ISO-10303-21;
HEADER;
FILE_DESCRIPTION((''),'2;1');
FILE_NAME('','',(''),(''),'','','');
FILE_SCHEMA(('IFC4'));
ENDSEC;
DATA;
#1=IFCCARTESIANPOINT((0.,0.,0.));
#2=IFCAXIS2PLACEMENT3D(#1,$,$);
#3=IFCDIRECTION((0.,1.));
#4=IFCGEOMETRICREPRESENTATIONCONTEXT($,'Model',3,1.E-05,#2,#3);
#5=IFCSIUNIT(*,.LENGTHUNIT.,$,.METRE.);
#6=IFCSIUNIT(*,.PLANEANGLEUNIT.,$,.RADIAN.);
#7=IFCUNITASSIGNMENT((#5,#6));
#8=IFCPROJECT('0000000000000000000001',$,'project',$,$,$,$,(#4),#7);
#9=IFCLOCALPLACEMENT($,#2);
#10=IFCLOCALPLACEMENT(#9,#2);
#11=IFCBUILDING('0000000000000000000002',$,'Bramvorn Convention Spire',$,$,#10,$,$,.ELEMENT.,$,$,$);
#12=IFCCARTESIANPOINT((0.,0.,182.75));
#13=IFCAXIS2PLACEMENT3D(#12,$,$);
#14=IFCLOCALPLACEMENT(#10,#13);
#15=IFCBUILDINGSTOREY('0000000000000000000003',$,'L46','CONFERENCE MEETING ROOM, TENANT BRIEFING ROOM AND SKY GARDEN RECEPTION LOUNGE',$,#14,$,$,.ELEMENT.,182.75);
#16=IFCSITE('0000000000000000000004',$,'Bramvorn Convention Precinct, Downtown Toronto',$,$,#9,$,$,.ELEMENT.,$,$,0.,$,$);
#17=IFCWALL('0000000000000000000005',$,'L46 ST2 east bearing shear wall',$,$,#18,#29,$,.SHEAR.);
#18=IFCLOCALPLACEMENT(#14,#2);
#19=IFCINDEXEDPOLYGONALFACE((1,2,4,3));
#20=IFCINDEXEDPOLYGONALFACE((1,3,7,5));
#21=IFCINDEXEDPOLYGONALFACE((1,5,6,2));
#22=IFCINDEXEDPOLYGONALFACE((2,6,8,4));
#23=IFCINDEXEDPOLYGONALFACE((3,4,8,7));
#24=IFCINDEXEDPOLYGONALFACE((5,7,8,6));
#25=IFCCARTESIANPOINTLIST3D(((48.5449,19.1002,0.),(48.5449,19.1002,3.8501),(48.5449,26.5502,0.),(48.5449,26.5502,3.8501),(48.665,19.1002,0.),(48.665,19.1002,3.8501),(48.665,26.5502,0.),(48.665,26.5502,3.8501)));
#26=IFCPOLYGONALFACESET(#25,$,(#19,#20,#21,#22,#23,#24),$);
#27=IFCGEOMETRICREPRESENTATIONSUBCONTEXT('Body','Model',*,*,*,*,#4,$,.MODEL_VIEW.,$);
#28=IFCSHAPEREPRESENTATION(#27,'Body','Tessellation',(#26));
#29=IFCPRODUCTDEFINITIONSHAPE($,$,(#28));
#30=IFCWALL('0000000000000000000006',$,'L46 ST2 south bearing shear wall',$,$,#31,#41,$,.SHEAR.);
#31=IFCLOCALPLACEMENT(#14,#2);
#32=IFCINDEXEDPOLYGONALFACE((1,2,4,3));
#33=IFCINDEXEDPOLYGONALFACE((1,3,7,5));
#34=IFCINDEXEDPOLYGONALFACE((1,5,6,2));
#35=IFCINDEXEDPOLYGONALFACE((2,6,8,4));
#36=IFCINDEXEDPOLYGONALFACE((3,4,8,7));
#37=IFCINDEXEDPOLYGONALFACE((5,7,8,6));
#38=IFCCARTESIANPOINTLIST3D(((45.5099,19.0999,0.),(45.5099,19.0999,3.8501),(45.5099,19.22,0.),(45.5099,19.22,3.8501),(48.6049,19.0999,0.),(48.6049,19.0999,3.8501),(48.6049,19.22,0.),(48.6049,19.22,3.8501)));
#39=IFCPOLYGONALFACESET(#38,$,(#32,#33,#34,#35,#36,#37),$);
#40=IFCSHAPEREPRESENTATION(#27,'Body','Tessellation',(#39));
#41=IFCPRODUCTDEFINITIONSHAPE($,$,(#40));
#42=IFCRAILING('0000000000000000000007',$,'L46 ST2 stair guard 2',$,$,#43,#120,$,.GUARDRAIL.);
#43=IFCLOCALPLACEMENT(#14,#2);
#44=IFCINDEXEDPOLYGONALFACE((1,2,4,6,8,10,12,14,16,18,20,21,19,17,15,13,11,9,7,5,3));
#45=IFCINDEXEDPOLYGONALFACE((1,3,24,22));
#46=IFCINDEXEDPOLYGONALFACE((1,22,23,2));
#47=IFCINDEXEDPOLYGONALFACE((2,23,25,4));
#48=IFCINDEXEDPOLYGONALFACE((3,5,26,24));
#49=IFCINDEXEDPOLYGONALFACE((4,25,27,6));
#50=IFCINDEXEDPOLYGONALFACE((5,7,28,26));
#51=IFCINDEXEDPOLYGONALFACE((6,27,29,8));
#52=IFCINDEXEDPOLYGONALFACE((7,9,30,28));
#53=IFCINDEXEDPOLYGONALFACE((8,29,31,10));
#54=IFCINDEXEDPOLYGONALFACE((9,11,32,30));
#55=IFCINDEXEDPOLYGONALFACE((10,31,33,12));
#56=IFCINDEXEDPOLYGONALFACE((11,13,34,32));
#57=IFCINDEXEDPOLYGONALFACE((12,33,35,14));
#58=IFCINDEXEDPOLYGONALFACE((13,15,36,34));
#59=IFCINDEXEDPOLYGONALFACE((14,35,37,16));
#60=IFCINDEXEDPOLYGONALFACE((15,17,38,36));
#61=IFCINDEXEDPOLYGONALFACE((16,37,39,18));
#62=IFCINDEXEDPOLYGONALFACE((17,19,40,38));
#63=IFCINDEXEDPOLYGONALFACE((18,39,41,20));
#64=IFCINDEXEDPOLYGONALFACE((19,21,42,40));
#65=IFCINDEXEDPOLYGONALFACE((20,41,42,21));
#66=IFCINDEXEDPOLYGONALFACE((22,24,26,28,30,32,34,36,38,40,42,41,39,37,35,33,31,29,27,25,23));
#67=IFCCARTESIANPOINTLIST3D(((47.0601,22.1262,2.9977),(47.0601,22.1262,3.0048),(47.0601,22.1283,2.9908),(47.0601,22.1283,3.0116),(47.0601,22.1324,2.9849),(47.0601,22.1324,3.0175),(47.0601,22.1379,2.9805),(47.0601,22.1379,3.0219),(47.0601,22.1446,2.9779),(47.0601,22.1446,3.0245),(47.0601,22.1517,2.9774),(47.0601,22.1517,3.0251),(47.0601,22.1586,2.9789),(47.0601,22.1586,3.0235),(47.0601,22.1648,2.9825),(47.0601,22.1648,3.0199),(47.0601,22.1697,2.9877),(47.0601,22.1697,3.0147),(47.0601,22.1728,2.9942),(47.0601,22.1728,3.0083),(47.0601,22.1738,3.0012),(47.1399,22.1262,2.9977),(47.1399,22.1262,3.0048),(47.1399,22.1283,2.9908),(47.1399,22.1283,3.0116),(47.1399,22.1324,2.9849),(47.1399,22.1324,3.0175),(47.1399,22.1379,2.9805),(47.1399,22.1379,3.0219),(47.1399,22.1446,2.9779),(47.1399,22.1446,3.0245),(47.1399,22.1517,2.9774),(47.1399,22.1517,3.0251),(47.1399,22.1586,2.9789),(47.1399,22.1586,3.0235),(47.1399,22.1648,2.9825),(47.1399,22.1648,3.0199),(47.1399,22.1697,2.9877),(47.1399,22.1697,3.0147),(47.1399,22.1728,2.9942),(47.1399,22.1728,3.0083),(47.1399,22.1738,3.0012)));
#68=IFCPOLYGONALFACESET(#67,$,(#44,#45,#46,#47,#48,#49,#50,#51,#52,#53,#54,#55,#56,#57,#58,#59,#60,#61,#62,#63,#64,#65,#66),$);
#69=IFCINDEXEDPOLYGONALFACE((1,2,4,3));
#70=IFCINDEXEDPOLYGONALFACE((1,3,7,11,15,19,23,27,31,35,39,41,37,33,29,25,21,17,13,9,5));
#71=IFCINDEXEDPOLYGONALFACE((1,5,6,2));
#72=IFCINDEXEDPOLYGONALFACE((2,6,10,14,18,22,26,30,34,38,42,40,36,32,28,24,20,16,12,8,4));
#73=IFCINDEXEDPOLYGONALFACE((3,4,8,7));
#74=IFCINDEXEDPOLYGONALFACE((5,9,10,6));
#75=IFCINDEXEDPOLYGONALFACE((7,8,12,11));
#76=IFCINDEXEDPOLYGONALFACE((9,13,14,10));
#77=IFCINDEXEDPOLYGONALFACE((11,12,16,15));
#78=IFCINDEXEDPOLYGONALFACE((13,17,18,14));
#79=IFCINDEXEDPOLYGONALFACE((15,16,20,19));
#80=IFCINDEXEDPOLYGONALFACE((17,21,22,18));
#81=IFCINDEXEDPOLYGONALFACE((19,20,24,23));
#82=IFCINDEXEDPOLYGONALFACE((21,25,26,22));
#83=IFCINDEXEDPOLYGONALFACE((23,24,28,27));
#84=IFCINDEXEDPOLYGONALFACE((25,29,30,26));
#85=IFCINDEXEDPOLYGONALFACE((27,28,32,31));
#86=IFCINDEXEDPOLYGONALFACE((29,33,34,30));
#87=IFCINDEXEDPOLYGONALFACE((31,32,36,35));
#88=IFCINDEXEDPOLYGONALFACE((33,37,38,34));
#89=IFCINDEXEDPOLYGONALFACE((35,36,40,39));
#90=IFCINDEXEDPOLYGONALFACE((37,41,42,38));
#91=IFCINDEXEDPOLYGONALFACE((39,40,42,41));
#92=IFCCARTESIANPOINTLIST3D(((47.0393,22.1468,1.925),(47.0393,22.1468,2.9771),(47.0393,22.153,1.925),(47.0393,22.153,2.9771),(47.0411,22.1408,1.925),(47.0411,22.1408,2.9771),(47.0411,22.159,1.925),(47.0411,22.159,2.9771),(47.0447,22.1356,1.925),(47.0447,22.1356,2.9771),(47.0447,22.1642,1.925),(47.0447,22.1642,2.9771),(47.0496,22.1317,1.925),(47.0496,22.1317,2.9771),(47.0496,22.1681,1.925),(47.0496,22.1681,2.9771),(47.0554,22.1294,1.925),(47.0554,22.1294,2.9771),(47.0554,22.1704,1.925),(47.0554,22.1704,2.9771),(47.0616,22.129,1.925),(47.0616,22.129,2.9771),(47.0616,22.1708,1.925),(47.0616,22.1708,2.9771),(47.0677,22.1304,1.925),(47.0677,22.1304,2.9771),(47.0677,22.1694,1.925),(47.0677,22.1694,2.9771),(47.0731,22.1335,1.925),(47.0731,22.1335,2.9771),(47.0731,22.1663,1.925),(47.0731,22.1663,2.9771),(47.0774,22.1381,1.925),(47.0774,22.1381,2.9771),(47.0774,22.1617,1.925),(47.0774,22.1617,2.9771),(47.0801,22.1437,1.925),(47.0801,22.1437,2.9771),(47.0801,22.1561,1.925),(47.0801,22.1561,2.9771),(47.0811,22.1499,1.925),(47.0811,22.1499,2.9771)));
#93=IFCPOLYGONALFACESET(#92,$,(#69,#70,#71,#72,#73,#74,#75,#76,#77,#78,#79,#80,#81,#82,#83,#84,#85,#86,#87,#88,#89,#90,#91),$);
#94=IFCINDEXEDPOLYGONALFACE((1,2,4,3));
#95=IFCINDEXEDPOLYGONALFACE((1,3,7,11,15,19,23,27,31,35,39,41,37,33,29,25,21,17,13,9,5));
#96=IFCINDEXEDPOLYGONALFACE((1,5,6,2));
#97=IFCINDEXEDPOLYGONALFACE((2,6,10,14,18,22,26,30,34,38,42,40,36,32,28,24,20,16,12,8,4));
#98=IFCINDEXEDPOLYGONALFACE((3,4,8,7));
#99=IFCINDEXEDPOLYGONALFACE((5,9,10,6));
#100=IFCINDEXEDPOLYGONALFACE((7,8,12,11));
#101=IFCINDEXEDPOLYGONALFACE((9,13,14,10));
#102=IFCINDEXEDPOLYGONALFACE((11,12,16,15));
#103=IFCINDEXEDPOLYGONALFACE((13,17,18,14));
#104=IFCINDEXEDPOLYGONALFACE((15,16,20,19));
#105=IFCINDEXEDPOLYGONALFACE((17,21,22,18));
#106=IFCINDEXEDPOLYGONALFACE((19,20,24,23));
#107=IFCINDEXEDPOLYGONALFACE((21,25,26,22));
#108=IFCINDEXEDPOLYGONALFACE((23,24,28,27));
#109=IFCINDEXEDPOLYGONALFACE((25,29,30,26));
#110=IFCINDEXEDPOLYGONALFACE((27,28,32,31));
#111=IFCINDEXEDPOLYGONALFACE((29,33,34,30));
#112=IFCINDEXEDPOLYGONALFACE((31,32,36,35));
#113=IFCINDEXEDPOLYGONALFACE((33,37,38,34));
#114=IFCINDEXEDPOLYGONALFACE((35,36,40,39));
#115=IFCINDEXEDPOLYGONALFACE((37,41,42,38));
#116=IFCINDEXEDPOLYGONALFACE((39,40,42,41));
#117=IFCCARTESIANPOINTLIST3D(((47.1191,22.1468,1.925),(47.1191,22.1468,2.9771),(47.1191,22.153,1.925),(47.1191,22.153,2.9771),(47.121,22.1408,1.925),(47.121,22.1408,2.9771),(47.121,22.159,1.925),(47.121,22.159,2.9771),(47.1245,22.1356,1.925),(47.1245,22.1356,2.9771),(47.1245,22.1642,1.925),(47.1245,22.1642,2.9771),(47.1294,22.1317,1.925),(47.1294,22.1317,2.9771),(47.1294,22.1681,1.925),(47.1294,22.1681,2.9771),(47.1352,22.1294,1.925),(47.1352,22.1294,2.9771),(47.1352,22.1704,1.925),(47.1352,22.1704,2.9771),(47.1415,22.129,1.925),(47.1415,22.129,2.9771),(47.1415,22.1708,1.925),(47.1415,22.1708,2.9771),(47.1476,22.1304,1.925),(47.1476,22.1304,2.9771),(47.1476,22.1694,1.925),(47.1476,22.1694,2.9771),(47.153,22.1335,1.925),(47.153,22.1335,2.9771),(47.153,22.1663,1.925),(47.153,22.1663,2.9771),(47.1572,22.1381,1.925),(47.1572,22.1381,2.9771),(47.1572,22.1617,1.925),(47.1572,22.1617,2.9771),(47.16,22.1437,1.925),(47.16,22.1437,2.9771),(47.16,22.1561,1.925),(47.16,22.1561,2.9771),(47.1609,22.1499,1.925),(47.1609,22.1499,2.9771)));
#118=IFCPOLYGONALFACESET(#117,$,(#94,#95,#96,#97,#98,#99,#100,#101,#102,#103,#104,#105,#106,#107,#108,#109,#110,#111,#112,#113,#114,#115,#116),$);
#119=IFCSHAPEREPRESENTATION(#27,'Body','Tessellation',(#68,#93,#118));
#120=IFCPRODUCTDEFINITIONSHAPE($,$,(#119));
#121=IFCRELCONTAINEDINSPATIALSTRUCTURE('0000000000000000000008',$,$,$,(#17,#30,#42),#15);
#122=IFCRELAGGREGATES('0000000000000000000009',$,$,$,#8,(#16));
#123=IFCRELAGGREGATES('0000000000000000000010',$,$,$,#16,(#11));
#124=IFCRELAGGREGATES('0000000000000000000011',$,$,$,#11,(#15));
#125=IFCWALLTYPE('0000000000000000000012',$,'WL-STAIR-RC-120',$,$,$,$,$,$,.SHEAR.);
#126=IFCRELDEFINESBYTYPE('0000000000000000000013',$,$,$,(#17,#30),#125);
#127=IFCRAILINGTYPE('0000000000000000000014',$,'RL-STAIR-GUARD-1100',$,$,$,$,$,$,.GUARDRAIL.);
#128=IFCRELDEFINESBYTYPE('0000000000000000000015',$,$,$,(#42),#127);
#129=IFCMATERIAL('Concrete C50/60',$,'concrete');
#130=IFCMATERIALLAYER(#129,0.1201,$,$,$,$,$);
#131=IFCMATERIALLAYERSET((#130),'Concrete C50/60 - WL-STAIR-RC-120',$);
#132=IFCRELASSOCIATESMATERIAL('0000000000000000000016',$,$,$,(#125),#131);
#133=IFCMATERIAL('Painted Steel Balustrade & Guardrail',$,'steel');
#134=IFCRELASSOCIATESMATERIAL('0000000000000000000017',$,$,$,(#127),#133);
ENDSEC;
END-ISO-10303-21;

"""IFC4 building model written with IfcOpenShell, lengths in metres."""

from ifc_helpers import new_model, si_unit, direction, frame, frame_2d, origin, origin_2d, place, context, subcontext, project, spatial, rectangle, circle, extrude, material, layer, layer_set, type_object, element, save


model = new_model("IFC4")

# Units and contexts
model_context = context("Model", 3, precision=1e-05, world=origin(), true_north=direction((0.0, 1.0)))
body_context = subcontext(model_context, "Body", "Model", "MODEL_VIEW")
ifc_project = project(units=[si_unit("LENGTHUNIT", "METRE"), si_unit("PLANEANGLEUNIT", "RADIAN")], contexts=[model_context])

# Site, building, storey
site_placement = place(None, origin())
site = spatial("IfcSite", under=ifc_project, at=site_placement, Name="Bramvorn Convention Precinct, Downtown Toronto", CompositionType="ELEMENT", RefElevation=0.0)
building_placement = place(site_placement, origin())
building = spatial("IfcBuilding", under=site, at=building_placement, Name="Bramvorn Convention Spire", CompositionType="ELEMENT")
storey_placement = place(building_placement, frame((0.0, 0.0, 182.75)))
storey = spatial("IfcBuildingStorey", under=building, at=storey_placement, Name="L46", Description="CONFERENCE MEETING ROOM, TENANT BRIEFING ROOM AND SKY GARDEN RECEPTION LOUNGE", CompositionType="ELEMENT", Elevation=182.75)

# Shared definitions
ifc_material_1 = material(Name="Concrete C50/60", Category="concrete")

# Walls
ifc_layer_1 = layer(ifc_material_1, 0.1201)
ifc_layer_set_1 = layer_set([ifc_layer_1], Name="Concrete C50/60 - WL-STAIR-RC-120")
wall_type_1 = type_object("IfcWallType", Name="WL-STAIR-RC-120", PredefinedType="SHEAR", material=ifc_layer_set_1)
wall_1_placement = place(storey_placement, frame((48.605, 19.1001, 0.0), z_axis=(0.0, 0.0, 1.0), x_axis=(0.0, 1.0, 0.0)))
element("IfcWall", 1, at=wall_1_placement, inside=storey, type_object=wall_type_1, Name="L46 ST2 east bearing shear wall", PredefinedType="SHEAR", context=body_context, shape_type="SweptSolid", body=[
    extrude(rectangle(XDim=7.45, YDim=0.1201, at=frame_2d((3.7251, 0.0))), origin(), (0.0, 0.0, 1.0), 3.8501),
])
wall_2_placement = place(storey_placement, frame((45.51, 19.1599, 0.0), z_axis=(0.0, 0.0, 1.0), x_axis=(1.0, 0.0, 0.0)))
element("IfcWall", 2, at=wall_2_placement, inside=storey, type_object=wall_type_1, Name="L46 ST2 south bearing shear wall", PredefinedType="SHEAR", context=body_context, shape_type="SweptSolid", body=[
    extrude(rectangle(XDim=3.095, YDim=0.1201, at=frame_2d((1.5474, 0.0))), origin(), (0.0, 0.0, 1.0), 3.8501),
])

# Railing
ifc_material_2 = material(Name="Painted Steel Balustrade & Guardrail", Category="steel")
railing_type = type_object("IfcRailingType", Name="RL-STAIR-GUARD-1100", PredefinedType="GUARDRAIL", material=ifc_material_2)
railing_1_placement = place(storey_placement, frame((47.0601, 22.1499, 1.925)))
element("IfcRailing", 3, at=railing_1_placement, inside=storey, type_object=railing_type, Name="L46 ST2 stair guard 2", PredefinedType="GUARDRAIL", context=body_context, shape_type="SweptSolid", body=[
    extrude(circle(Radius=0.0239, at=origin_2d()), frame((0.0, 0.0, 1.0762), z_axis=(1.0, 0.0, 0.0), x_axis=(0.0, 1.0, 0.0)), (0.0, 0.0, 1.0), 0.0798),
    extrude(circle(Radius=0.021, at=origin_2d()), origin(), (0.0, 0.0, 1.0), 1.052),
    extrude(circle(Radius=0.021, at=origin_2d()), frame((0.0798, 0.0, 0.0)), (0.0, 0.0, 1.0), 1.052),
])

save(model, "model.ifc")
